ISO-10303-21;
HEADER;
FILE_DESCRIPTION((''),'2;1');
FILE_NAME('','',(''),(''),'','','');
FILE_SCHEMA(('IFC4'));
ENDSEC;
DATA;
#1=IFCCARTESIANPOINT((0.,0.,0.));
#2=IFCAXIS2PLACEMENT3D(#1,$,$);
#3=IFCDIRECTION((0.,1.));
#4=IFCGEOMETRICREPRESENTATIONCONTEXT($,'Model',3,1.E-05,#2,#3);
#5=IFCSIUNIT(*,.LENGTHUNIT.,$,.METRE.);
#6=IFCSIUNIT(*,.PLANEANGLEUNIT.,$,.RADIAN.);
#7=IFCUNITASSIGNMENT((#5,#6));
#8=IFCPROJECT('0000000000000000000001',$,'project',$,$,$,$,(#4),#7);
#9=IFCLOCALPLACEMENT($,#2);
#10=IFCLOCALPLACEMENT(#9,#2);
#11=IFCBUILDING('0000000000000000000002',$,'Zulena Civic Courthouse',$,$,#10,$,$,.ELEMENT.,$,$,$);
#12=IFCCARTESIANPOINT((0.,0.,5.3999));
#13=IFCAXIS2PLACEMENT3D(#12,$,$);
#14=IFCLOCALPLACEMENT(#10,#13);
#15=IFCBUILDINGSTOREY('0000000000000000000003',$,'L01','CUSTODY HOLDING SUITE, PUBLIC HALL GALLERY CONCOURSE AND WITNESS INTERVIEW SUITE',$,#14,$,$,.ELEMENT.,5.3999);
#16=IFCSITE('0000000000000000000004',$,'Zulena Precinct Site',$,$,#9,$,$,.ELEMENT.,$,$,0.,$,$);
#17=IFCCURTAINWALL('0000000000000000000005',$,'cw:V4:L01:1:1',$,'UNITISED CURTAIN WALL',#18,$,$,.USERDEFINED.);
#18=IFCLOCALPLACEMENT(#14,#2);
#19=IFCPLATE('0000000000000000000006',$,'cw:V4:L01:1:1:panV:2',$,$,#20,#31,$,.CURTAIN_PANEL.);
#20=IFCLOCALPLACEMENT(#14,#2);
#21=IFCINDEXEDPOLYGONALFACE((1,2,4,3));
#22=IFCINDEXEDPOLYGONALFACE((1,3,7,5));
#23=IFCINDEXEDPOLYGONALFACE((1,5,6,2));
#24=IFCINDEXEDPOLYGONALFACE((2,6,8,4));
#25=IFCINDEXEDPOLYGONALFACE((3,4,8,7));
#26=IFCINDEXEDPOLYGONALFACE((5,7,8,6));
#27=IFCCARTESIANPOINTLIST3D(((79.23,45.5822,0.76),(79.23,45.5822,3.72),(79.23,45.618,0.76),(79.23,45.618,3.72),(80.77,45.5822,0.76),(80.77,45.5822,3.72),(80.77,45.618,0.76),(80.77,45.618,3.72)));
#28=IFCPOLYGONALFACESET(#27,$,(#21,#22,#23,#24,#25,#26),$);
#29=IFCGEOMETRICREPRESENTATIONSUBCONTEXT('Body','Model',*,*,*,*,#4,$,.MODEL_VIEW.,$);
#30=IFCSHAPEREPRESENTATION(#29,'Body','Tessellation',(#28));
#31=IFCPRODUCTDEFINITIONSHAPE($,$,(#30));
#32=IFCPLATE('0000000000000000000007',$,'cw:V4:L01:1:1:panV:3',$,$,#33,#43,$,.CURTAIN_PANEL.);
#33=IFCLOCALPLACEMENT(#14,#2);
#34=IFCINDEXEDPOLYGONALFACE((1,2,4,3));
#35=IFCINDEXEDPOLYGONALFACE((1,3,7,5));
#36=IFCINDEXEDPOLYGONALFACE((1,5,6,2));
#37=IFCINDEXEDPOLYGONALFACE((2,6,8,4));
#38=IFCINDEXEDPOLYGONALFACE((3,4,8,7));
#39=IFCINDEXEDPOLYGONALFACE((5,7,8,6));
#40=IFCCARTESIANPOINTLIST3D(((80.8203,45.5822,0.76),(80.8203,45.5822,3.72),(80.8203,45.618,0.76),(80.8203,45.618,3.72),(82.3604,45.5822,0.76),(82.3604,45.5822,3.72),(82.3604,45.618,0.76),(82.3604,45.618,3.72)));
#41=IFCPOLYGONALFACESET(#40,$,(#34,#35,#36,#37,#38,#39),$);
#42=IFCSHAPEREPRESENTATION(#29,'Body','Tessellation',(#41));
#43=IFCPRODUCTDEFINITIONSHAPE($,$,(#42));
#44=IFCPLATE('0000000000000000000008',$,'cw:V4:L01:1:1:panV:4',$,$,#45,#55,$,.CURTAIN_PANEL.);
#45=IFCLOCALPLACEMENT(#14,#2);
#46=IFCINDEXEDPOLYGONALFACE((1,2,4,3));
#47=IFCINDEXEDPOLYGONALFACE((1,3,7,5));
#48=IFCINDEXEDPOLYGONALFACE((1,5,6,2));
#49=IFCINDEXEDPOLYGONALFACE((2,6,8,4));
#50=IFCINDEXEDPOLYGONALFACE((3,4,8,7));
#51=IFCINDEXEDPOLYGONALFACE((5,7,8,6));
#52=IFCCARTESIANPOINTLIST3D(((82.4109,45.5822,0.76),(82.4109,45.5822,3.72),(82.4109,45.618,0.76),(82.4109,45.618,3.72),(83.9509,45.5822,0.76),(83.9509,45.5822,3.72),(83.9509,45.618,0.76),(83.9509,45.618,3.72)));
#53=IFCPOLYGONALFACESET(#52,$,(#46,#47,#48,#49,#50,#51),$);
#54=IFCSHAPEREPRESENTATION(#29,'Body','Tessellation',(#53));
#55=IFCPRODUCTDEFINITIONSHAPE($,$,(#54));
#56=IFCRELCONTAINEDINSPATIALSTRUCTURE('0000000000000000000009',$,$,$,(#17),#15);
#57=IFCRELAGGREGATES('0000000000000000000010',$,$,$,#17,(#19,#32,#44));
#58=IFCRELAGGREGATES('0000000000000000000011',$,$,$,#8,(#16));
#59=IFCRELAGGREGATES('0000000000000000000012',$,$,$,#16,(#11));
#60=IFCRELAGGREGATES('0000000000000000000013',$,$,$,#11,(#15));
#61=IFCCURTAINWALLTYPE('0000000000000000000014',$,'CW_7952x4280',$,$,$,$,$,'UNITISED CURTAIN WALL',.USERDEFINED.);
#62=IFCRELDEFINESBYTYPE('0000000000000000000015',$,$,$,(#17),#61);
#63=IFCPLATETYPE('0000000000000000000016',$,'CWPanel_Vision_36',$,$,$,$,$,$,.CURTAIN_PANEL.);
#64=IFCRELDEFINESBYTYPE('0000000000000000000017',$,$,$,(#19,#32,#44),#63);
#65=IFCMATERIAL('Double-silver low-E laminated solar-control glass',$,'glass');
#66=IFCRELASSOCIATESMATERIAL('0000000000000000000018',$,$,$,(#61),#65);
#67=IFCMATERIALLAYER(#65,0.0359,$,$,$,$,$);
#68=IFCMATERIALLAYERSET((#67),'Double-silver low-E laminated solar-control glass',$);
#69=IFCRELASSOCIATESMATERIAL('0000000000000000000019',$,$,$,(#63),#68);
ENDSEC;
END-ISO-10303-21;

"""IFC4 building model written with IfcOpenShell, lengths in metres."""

from ifc_helpers import new_model, si_unit, direction, frame, origin, origin_2d, place, context, subcontext, project, spatial, rectangle, extrude, material, layer, layer_set, type_object, element, aggregate, save


model = new_model("IFC4")

# Units and contexts
model_context = context("Model", 3, precision=1e-05, world=origin(), true_north=direction((0.0, 1.0)))
body_context = subcontext(model_context, "Body", "Model", "MODEL_VIEW")
ifc_project = project(units=[si_unit("LENGTHUNIT", "METRE"), si_unit("PLANEANGLEUNIT", "RADIAN")], contexts=[model_context])

# Site, building, storey
site_placement = place(None, origin())
site = spatial("IfcSite", under=ifc_project, at=site_placement, Name="Zulena Precinct Site", CompositionType="ELEMENT", RefElevation=0.0)
building_placement = place(site_placement, origin())
building = spatial("IfcBuilding", under=site, at=building_placement, Name="Zulena Civic Courthouse", CompositionType="ELEMENT")
storey_placement = place(building_placement, frame((0.0, 0.0, 5.3999)))
storey = spatial("IfcBuildingStorey", under=building, at=storey_placement, Name="L01", Description="CUSTODY HOLDING SUITE, PUBLIC HALL GALLERY CONCOURSE AND WITNESS INTERVIEW SUITE", CompositionType="ELEMENT", Elevation=5.3999)

# Curtain wall
ifc_material_1 = material(Name="Double-silver low-E laminated solar-control glass", Category="glass")
curtain_wall_type = type_object("IfcCurtainWallType", Name="CW_7952x4280", ElementType="UNITISED CURTAIN WALL", PredefinedType="USERDEFINED", material=ifc_material_1)
curtain_wall_1_placement = place(storey_placement, origin())
curtain_wall_1 = element("IfcCurtainWall", 1, at=curtain_wall_1_placement, inside=storey, type_object=curtain_wall_type, Name="cw:V4:L01:1:1", ObjectType="UNITISED CURTAIN WALL", PredefinedType="USERDEFINED")

# Plates
ifc_layer_1 = layer(ifc_material_1, 0.0359)
ifc_layer_set_1 = layer_set([ifc_layer_1], Name="Double-silver low-E laminated solar-control glass")
plate_type_1 = type_object("IfcPlateType", Name="CWPanel_Vision_36", PredefinedType="CURTAIN_PANEL", material=ifc_layer_set_1)
plate_1_placement = place(storey_placement, frame((80.0, 45.6001, 0.76), z_axis=(0.0, 0.0, 1.0), x_axis=(1.0, 0.0, 0.0)))
plate_1 = element("IfcPlate", 2, at=plate_1_placement, type_object=plate_type_1, Name="cw:V4:L01:1:1:panV:2", PredefinedType="CURTAIN_PANEL", context=body_context, shape_type="SweptSolid", body=[
    extrude(rectangle(XDim=1.54, YDim=0.0359, at=origin_2d()), origin(), (0.0, 0.0, 1.0), 2.96),
])
plate_2_placement = place(storey_placement, frame((81.5903, 45.6001, 0.76), z_axis=(0.0, 0.0, 1.0), x_axis=(1.0, 0.0, 0.0)))
plate_2 = element("IfcPlate", 3, at=plate_2_placement, type_object=plate_type_1, Name="cw:V4:L01:1:1:panV:3", PredefinedType="CURTAIN_PANEL", context=body_context, shape_type="SweptSolid", body=[
    extrude(rectangle(XDim=1.54, YDim=0.0359, at=origin_2d()), origin(), (0.0, 0.0, 1.0), 2.96),
])
plate_3_placement = place(storey_placement, frame((83.1809, 45.6001, 0.76), z_axis=(0.0, 0.0, 1.0), x_axis=(1.0, 0.0, 0.0)))
plate_3 = element("IfcPlate", 4, at=plate_3_placement, type_object=plate_type_1, Name="cw:V4:L01:1:1:panV:4", PredefinedType="CURTAIN_PANEL", context=body_context, shape_type="SweptSolid", body=[
    extrude(rectangle(XDim=1.54, YDim=0.0359, at=origin_2d()), origin(), (0.0, 0.0, 1.0), 2.96),
])
aggregate(curtain_wall_1, [plate_1, plate_2, plate_3])

save(model, "model.ifc")
